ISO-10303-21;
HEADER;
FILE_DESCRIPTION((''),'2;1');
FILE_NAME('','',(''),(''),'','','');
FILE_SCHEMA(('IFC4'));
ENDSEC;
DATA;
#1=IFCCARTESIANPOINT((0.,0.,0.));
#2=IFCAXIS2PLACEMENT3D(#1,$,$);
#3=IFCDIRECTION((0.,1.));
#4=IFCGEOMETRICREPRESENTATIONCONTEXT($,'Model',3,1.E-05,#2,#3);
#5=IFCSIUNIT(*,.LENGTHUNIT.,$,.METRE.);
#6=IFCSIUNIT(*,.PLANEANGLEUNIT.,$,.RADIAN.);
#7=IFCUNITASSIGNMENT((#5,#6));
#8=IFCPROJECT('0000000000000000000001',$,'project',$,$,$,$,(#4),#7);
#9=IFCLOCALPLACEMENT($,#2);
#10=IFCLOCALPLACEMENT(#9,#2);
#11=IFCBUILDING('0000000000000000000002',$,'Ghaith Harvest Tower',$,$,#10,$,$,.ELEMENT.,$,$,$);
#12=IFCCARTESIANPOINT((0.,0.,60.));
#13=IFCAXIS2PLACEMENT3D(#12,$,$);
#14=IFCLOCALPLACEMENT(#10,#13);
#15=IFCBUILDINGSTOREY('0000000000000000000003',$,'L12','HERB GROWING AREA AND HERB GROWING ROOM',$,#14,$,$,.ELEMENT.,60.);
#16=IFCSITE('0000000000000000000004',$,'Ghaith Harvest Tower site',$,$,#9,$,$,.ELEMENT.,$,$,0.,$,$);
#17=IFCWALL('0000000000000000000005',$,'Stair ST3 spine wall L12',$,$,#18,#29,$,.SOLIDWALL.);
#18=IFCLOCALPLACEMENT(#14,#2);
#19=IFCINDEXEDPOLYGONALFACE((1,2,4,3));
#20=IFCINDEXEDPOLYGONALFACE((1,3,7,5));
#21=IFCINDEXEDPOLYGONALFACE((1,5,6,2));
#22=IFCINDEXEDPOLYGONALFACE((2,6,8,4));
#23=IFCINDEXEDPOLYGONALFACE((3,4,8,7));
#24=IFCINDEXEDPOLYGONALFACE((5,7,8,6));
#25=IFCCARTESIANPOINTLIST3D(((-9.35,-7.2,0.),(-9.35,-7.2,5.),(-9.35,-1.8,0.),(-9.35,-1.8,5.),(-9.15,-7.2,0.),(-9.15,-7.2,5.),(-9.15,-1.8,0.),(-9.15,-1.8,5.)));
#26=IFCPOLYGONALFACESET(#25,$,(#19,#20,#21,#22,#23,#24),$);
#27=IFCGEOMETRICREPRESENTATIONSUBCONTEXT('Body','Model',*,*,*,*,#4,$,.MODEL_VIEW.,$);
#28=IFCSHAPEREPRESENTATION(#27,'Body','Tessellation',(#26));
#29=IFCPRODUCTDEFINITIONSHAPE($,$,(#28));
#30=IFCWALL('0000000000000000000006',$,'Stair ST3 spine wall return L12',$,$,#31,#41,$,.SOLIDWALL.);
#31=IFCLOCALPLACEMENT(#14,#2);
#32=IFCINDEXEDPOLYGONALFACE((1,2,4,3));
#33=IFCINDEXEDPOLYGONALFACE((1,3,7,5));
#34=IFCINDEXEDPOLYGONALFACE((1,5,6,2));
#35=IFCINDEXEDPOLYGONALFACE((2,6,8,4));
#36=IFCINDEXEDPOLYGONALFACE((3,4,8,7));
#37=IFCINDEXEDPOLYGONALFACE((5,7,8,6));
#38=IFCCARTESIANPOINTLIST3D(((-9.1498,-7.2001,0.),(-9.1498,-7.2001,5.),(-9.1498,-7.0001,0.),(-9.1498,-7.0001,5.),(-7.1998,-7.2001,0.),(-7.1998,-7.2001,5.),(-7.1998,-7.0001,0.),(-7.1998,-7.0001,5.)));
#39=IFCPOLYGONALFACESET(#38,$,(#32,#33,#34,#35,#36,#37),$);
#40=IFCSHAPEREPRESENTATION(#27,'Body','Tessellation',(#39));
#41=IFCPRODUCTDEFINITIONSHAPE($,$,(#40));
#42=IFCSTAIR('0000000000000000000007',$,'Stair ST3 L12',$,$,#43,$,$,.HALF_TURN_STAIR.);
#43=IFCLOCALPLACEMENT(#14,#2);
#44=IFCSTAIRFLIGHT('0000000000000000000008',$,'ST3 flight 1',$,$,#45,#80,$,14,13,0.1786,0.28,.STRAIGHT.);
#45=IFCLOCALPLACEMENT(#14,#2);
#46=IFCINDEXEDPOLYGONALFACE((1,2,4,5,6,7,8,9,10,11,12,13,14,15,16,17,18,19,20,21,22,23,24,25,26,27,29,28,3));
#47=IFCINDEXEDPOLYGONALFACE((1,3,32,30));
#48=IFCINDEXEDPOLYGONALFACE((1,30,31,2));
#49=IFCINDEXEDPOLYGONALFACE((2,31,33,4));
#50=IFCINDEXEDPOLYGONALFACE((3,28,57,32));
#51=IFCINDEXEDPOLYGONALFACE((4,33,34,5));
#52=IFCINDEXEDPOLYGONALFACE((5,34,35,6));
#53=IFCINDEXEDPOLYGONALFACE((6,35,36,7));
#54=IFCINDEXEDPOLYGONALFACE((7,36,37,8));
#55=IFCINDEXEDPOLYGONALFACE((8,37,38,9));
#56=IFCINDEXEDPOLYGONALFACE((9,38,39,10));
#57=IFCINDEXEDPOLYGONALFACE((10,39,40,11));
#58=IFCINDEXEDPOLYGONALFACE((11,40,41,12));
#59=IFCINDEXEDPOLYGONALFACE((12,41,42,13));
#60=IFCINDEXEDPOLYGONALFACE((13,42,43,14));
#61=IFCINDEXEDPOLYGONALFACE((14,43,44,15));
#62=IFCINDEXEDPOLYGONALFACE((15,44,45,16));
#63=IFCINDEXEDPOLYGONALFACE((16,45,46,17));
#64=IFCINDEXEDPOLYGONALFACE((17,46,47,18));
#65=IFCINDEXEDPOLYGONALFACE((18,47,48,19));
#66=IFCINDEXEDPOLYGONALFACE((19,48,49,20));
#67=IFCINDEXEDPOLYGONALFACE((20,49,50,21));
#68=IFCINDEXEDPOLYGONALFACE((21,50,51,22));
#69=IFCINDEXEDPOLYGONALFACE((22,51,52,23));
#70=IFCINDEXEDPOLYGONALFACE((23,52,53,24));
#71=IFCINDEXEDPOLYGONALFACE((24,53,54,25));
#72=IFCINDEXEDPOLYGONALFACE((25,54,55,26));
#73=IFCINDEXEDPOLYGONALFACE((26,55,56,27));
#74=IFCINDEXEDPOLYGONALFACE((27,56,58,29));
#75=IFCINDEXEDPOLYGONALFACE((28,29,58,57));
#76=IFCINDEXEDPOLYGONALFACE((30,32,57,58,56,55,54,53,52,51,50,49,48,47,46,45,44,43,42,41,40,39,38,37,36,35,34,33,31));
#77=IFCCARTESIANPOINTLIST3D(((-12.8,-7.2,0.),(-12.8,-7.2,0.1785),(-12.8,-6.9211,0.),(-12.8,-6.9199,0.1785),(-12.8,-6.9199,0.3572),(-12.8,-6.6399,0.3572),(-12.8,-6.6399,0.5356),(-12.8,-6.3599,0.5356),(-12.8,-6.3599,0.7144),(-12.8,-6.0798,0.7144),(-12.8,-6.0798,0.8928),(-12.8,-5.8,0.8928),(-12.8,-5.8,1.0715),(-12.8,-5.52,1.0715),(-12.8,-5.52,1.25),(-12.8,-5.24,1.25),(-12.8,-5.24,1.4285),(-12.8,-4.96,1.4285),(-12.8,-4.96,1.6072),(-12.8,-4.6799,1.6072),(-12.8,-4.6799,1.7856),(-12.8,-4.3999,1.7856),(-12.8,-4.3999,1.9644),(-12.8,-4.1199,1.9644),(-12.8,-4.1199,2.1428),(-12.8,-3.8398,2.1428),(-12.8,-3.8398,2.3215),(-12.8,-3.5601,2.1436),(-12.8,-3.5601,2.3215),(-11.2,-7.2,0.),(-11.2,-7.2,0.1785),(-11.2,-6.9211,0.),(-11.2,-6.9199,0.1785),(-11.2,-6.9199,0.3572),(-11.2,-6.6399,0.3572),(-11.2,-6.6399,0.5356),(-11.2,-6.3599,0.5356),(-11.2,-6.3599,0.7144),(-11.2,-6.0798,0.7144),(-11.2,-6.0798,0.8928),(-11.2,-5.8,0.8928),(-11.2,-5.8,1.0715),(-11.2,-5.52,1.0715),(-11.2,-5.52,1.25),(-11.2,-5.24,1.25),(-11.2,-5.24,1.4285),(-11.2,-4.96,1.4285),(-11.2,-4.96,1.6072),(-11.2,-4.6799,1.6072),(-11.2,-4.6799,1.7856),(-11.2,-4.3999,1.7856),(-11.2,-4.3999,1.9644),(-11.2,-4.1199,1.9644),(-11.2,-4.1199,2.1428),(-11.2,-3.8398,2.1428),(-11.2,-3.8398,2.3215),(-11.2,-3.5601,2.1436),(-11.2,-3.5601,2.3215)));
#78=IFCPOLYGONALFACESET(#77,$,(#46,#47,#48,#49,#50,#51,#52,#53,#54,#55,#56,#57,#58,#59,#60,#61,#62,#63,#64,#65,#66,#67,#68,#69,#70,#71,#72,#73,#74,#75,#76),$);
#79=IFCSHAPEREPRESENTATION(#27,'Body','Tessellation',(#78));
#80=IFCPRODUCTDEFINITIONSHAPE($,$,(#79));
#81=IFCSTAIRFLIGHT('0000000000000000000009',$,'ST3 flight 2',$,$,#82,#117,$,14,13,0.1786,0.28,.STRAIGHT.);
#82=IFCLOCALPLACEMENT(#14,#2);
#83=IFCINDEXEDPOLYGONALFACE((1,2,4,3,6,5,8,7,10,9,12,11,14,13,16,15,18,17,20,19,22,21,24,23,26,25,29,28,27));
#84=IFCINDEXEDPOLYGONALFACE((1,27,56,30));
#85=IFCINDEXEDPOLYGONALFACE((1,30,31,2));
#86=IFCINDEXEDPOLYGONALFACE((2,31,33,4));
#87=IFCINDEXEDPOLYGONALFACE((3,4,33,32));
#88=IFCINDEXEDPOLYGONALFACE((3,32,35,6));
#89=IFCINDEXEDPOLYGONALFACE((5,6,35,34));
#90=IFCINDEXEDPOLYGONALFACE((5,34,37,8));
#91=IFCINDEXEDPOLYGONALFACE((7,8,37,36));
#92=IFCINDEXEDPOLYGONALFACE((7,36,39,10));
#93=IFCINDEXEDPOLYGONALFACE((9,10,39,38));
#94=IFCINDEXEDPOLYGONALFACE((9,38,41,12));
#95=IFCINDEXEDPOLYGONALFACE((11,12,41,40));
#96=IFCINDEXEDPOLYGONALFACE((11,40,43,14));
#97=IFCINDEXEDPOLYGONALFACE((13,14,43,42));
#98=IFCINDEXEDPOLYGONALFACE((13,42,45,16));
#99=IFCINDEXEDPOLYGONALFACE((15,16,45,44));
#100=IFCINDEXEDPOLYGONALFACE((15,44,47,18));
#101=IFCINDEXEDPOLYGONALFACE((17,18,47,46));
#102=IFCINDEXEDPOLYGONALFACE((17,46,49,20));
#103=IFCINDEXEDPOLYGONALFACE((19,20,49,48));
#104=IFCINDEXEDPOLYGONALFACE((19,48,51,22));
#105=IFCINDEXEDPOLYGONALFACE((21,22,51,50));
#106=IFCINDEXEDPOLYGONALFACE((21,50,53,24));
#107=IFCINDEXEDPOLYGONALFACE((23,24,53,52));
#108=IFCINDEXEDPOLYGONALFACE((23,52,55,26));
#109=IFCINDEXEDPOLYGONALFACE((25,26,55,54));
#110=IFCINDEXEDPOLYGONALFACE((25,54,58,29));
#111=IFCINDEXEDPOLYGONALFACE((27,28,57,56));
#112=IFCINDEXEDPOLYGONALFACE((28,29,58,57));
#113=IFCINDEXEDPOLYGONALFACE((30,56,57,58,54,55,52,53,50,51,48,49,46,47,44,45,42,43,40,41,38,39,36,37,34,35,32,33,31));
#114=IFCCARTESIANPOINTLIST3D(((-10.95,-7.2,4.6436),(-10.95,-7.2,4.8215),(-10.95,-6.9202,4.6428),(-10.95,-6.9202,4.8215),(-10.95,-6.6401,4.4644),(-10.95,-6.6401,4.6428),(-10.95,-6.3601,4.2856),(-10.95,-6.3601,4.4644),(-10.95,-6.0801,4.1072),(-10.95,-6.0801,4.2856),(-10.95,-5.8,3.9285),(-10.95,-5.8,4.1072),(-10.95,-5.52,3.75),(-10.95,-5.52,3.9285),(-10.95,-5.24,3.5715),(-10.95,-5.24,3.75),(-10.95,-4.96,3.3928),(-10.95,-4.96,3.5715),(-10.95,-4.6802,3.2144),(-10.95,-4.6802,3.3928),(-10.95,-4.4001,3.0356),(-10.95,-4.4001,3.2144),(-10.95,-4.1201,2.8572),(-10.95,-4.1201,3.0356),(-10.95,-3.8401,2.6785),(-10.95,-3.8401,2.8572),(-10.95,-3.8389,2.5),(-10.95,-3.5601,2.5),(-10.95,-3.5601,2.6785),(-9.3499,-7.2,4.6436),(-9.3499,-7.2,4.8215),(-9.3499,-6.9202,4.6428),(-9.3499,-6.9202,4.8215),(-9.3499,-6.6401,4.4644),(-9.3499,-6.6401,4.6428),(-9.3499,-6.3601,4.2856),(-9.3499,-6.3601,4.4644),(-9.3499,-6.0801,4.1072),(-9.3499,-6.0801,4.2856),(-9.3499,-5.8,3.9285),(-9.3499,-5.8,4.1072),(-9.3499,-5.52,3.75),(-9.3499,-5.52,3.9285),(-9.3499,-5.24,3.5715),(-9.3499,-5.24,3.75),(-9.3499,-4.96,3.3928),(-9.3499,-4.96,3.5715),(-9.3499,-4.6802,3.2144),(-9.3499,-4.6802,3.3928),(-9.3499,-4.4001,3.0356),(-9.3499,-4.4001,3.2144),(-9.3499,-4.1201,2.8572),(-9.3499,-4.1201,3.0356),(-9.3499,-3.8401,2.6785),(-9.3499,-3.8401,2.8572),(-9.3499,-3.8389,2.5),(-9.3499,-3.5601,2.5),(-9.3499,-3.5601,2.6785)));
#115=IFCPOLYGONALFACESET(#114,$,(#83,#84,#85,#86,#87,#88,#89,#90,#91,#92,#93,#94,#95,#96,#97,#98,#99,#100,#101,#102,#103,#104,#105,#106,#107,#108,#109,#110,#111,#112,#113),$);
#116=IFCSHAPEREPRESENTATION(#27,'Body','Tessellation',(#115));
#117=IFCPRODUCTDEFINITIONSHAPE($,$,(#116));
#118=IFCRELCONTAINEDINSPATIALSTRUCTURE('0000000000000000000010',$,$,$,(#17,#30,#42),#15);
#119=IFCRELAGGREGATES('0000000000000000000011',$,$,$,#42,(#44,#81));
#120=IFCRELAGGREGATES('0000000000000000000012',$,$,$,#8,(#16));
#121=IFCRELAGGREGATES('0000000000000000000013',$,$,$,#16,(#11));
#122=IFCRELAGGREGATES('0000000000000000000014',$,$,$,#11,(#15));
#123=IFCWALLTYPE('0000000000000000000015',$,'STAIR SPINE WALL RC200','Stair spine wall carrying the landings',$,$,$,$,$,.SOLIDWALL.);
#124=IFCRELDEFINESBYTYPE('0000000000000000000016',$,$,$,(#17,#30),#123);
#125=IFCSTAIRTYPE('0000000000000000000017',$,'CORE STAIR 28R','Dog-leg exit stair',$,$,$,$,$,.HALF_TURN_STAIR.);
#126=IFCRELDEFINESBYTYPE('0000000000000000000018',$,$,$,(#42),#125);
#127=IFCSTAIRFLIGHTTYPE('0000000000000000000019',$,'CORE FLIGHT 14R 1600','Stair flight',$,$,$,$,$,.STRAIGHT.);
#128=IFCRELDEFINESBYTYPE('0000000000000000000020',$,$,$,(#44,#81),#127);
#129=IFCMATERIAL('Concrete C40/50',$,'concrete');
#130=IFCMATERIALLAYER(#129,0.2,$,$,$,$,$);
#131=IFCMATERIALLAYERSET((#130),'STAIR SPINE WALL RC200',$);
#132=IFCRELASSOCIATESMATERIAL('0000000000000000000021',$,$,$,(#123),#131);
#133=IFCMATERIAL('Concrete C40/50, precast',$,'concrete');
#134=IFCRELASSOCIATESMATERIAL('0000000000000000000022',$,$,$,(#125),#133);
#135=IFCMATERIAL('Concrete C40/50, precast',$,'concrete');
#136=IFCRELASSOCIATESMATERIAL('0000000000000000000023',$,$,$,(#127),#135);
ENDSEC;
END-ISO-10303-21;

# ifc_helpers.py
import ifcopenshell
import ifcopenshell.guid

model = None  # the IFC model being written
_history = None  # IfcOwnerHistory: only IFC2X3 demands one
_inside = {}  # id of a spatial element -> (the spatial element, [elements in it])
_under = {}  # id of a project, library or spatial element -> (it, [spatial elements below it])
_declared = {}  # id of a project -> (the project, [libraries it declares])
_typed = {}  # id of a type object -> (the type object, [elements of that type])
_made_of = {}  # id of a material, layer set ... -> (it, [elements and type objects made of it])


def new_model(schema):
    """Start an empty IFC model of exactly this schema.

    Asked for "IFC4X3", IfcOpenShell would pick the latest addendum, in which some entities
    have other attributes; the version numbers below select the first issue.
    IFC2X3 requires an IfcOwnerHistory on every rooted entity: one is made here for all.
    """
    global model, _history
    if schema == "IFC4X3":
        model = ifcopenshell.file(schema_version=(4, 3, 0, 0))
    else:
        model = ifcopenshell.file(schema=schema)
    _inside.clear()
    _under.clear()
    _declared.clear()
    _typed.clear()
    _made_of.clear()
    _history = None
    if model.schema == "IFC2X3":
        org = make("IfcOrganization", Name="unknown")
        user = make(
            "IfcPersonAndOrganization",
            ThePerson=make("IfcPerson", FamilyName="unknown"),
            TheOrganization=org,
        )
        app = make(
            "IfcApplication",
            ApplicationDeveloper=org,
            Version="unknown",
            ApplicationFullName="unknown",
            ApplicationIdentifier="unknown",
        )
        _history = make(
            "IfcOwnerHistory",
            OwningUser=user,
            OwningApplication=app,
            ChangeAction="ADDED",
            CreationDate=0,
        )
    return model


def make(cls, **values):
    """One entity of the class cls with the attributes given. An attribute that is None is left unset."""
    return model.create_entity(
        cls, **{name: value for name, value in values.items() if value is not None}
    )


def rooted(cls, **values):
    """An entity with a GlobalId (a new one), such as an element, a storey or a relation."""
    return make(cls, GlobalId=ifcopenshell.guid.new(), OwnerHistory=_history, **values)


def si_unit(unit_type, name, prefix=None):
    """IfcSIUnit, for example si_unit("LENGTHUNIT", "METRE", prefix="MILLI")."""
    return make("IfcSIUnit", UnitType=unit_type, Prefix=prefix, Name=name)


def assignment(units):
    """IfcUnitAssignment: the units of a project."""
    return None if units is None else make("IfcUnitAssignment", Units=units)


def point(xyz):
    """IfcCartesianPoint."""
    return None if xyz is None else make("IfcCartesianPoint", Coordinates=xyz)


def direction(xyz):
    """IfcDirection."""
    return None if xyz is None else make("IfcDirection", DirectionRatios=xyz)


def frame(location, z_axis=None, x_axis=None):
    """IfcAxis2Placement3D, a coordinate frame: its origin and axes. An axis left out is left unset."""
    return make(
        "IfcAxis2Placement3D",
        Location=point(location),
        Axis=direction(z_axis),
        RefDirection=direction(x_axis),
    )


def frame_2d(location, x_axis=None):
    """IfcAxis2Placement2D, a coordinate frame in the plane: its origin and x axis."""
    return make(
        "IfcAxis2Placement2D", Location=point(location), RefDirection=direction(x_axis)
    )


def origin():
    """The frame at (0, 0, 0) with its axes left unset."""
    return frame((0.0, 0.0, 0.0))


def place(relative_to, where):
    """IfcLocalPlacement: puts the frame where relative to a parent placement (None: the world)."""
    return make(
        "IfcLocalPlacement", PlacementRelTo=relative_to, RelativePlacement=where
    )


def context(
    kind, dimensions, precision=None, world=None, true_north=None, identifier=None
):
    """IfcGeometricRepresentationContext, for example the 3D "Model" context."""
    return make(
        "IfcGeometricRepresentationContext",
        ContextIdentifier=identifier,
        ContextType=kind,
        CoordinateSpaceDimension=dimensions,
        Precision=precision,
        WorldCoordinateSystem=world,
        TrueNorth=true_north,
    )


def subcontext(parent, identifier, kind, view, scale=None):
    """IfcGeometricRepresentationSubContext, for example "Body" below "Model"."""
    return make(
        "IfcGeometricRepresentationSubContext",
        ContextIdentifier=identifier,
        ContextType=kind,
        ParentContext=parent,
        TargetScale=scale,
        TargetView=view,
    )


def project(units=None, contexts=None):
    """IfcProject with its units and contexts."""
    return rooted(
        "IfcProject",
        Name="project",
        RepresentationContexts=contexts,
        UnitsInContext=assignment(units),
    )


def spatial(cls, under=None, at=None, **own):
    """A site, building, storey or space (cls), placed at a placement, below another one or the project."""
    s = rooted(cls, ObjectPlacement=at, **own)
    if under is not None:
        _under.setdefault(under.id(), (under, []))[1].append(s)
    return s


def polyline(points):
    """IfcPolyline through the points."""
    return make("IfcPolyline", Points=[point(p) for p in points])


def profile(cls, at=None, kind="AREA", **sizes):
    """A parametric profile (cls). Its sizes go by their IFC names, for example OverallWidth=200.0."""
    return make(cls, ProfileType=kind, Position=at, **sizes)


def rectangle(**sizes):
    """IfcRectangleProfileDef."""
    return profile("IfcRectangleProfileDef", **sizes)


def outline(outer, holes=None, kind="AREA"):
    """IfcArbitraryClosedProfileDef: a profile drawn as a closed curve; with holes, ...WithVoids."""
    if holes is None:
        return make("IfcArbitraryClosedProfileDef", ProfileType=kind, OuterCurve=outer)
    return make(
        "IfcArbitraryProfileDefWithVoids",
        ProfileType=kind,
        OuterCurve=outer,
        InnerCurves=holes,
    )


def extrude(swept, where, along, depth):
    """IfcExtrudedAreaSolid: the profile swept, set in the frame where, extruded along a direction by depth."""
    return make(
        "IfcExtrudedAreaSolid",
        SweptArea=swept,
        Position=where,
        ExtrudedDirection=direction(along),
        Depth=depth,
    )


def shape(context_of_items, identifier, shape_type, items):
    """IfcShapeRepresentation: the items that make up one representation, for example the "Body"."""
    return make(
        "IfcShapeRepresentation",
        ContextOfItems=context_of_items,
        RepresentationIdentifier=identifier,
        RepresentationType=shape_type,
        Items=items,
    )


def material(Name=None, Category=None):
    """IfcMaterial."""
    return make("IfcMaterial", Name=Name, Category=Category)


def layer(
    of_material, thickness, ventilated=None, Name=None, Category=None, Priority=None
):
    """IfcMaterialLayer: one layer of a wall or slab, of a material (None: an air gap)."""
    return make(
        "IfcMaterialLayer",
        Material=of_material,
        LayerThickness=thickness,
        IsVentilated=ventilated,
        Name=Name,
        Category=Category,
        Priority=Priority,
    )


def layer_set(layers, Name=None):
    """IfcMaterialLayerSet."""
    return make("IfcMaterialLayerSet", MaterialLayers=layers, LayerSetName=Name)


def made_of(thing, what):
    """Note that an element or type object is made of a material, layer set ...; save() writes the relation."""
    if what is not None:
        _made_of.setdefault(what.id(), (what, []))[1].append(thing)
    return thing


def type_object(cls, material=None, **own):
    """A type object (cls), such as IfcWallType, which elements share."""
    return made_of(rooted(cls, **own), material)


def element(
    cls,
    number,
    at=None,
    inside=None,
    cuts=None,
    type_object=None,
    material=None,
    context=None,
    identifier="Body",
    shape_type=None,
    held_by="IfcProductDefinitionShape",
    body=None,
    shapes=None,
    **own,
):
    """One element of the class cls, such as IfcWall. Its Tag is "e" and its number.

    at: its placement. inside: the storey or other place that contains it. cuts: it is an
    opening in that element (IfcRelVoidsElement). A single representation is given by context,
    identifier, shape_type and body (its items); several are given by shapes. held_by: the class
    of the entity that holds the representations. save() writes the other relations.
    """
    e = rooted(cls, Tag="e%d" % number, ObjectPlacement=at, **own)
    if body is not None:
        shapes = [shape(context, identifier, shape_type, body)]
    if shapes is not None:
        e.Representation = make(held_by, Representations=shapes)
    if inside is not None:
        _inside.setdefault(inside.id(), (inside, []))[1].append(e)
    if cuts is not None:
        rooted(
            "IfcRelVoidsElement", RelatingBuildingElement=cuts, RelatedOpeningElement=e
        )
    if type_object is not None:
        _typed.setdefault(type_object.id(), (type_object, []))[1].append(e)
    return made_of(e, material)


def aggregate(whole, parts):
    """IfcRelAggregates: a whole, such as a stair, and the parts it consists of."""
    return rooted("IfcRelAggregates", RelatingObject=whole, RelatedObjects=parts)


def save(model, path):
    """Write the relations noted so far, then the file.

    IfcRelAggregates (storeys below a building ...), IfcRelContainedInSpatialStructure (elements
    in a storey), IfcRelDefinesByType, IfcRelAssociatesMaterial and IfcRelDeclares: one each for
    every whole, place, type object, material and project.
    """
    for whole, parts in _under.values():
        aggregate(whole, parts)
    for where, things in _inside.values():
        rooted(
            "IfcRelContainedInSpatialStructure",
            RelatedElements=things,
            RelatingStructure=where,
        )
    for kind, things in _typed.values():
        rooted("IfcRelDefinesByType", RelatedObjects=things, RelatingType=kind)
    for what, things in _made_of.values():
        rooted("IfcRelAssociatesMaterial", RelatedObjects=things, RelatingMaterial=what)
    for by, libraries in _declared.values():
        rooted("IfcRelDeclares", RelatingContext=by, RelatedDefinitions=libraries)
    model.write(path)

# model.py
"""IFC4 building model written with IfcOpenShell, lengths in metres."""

from ifc_helpers import new_model, si_unit, direction, frame, frame_2d, origin, place, context, subcontext, project, spatial, polyline, rectangle, outline, extrude, material, layer, layer_set, type_object, element, aggregate, save


model = new_model("IFC4")

# Units and contexts
model_context = context("Model", 3, precision=1e-05, world=origin(), true_north=direction((0.0, 1.0)))
body_context = subcontext(model_context, "Body", "Model", "MODEL_VIEW")
ifc_project = project(units=[si_unit("LENGTHUNIT", "METRE"), si_unit("PLANEANGLEUNIT", "RADIAN")], contexts=[model_context])

# Site, building, storey
site_placement = place(None, origin())
site = spatial("IfcSite", under=ifc_project, at=site_placement, Name="Ghaith Harvest Tower site", CompositionType="ELEMENT", RefElevation=0.0)
building_placement = place(site_placement, origin())
building = spatial("IfcBuilding", under=site, at=building_placement, Name="Ghaith Harvest Tower", CompositionType="ELEMENT")
storey_placement = place(building_placement, frame((0.0, 0.0, 60.0)))
storey = spatial("IfcBuildingStorey", under=building, at=storey_placement, Name="L12", Description="HERB GROWING AREA AND HERB GROWING ROOM", CompositionType="ELEMENT", Elevation=60.0)

# Walls
ifc_material_1 = material(Name="Concrete C40/50", Category="concrete")
ifc_layer_1 = layer(ifc_material_1, 0.2)
ifc_layer_set_1 = layer_set([ifc_layer_1], Name="STAIR SPINE WALL RC200")
wall_type_1 = type_object("IfcWallType", Name="STAIR SPINE WALL RC200", Description="Stair spine wall carrying the landings", PredefinedType="SOLIDWALL", material=ifc_layer_set_1)
wall_1_placement = place(storey_placement, frame((-9.25, -7.2, 0.0), z_axis=(0.0, 0.0, 1.0), x_axis=(0.0, 1.0, 0.0)))
element("IfcWall", 1, at=wall_1_placement, inside=storey, type_object=wall_type_1, Name="Stair ST3 spine wall L12", PredefinedType="SOLIDWALL", context=body_context, shape_type="SweptSolid", body=[
    extrude(rectangle(XDim=5.3999, YDim=0.2, at=frame_2d((2.7, 0.0))), origin(), (0.0, 0.0, 1.0), 5.0),
])
wall_2_placement = place(storey_placement, frame((-9.1499, -7.1001, 0.0), z_axis=(0.0, 0.0, 1.0), x_axis=(1.0, 0.0, 0.0)))
element("IfcWall", 2, at=wall_2_placement, inside=storey, type_object=wall_type_1, Name="Stair ST3 spine wall return L12", PredefinedType="SOLIDWALL", context=body_context, shape_type="SweptSolid", body=[
    extrude(rectangle(XDim=1.95, YDim=0.2, at=frame_2d((0.9751, 0.0))), origin(), (0.0, 0.0, 1.0), 5.0),
])

# Stair, stair flights
ifc_material_2 = material(Name="Concrete C40/50, precast", Category="concrete")
stair_type = type_object("IfcStairType", Name="CORE STAIR 28R", Description="Dog-leg exit stair", PredefinedType="HALF_TURN_STAIR", material=ifc_material_2)
stair_placement = place(storey_placement, origin())
stair = element("IfcStair", 3, at=stair_placement, inside=storey, type_object=stair_type, Name="Stair ST3 L12", PredefinedType="HALF_TURN_STAIR")
ifc_material_3 = material(Name="Concrete C40/50, precast", Category="concrete")
stair_flight_type = type_object("IfcStairFlightType", Name="CORE FLIGHT 14R 1600", Description="Stair flight", PredefinedType="STRAIGHT", material=ifc_material_3)
stair_flight_1_placement = place(storey_placement, frame((-12.0, -7.2, 0.0), z_axis=(0.0, 0.0, 1.0), x_axis=(0.0, 1.0, 0.0)))
stair_flight_1 = element("IfcStairFlight", 4, at=stair_flight_1_placement, type_object=stair_flight_type, Name="ST3 flight 1", NumberOfRisers=14, NumberOfTreads=13, PredefinedType="STRAIGHT", RiserHeight=0.1786, TreadLength=0.28, context=body_context, shape_type="SweptSolid", body=[
    extrude(outline(polyline([(0.0, 0.0), (0.0, 0.1785), (0.28, 0.1785), (0.28, 0.3572), (0.5601, 0.3572), (0.5601, 0.5356), (0.8401, 0.5356), (0.8401, 0.7144), (1.1201, 0.7144), (1.1201, 0.8928), (1.3999, 0.8928), (1.3999, 1.0715), (1.6799, 1.0715), (1.6799, 1.25), (1.96, 1.25), (1.96, 1.4285), (2.24, 1.4285), (2.24, 1.6072), (2.52, 1.6072), (2.52, 1.7856), (2.8, 1.7856), (2.8, 1.9644), (3.0801, 1.9644), (3.0801, 2.1428), (3.3601, 2.1428), (3.3601, 2.3215), (3.6399, 2.3215), (3.6399, 2.5), (3.6399, 2.1436), (0.2788, 0.0), (0.0, 0.0)])), frame((0.0, 0.8, 0.0), z_axis=(0.0, -1.0, 0.0), x_axis=(1.0, 0.0, 0.0)), (0.0, 0.0, 1.0), 1.6001),
])
stair_flight_2_placement = place(storey_placement, frame((-10.1499, -3.5601, 2.5), z_axis=(0.0, 0.0, 1.0), x_axis=(0.0, -1.0, 0.0)))
stair_flight_2 = element("IfcStairFlight", 5, at=stair_flight_2_placement, type_object=stair_flight_type, Name="ST3 flight 2", NumberOfRisers=14, NumberOfTreads=13, PredefinedType="STRAIGHT", RiserHeight=0.1786, TreadLength=0.28, context=body_context, shape_type="SweptSolid", body=[
    extrude(outline(polyline([(0.0, 0.0), (0.0, 0.1785), (0.28, 0.1785), (0.28, 0.3572), (0.5601, 0.3572), (0.5601, 0.5356), (0.8401, 0.5356), (0.8401, 0.7144), (1.1201, 0.7144), (1.1201, 0.8928), (1.3999, 0.8928), (1.3999, 1.0715), (1.6799, 1.0715), (1.6799, 1.25), (1.96, 1.25), (1.96, 1.4285), (2.24, 1.4285), (2.24, 1.6072), (2.52, 1.6072), (2.52, 1.7856), (2.8, 1.7856), (2.8, 1.9644), (3.0801, 1.9644), (3.0801, 2.1428), (3.3601, 2.1428), (3.3601, 2.3215), (3.6399, 2.3215), (3.6399, 2.5), (3.6399, 2.1436), (0.2788, 0.0), (0.0, 0.0)])), frame((0.0, 0.8, 0.0), z_axis=(0.0, -1.0, 0.0), x_axis=(1.0, 0.0, 0.0)), (0.0, 0.0, 1.0), 1.6001),
])
aggregate(stair, [stair_flight_1, stair_flight_2])

save(model, "model.ifc")
